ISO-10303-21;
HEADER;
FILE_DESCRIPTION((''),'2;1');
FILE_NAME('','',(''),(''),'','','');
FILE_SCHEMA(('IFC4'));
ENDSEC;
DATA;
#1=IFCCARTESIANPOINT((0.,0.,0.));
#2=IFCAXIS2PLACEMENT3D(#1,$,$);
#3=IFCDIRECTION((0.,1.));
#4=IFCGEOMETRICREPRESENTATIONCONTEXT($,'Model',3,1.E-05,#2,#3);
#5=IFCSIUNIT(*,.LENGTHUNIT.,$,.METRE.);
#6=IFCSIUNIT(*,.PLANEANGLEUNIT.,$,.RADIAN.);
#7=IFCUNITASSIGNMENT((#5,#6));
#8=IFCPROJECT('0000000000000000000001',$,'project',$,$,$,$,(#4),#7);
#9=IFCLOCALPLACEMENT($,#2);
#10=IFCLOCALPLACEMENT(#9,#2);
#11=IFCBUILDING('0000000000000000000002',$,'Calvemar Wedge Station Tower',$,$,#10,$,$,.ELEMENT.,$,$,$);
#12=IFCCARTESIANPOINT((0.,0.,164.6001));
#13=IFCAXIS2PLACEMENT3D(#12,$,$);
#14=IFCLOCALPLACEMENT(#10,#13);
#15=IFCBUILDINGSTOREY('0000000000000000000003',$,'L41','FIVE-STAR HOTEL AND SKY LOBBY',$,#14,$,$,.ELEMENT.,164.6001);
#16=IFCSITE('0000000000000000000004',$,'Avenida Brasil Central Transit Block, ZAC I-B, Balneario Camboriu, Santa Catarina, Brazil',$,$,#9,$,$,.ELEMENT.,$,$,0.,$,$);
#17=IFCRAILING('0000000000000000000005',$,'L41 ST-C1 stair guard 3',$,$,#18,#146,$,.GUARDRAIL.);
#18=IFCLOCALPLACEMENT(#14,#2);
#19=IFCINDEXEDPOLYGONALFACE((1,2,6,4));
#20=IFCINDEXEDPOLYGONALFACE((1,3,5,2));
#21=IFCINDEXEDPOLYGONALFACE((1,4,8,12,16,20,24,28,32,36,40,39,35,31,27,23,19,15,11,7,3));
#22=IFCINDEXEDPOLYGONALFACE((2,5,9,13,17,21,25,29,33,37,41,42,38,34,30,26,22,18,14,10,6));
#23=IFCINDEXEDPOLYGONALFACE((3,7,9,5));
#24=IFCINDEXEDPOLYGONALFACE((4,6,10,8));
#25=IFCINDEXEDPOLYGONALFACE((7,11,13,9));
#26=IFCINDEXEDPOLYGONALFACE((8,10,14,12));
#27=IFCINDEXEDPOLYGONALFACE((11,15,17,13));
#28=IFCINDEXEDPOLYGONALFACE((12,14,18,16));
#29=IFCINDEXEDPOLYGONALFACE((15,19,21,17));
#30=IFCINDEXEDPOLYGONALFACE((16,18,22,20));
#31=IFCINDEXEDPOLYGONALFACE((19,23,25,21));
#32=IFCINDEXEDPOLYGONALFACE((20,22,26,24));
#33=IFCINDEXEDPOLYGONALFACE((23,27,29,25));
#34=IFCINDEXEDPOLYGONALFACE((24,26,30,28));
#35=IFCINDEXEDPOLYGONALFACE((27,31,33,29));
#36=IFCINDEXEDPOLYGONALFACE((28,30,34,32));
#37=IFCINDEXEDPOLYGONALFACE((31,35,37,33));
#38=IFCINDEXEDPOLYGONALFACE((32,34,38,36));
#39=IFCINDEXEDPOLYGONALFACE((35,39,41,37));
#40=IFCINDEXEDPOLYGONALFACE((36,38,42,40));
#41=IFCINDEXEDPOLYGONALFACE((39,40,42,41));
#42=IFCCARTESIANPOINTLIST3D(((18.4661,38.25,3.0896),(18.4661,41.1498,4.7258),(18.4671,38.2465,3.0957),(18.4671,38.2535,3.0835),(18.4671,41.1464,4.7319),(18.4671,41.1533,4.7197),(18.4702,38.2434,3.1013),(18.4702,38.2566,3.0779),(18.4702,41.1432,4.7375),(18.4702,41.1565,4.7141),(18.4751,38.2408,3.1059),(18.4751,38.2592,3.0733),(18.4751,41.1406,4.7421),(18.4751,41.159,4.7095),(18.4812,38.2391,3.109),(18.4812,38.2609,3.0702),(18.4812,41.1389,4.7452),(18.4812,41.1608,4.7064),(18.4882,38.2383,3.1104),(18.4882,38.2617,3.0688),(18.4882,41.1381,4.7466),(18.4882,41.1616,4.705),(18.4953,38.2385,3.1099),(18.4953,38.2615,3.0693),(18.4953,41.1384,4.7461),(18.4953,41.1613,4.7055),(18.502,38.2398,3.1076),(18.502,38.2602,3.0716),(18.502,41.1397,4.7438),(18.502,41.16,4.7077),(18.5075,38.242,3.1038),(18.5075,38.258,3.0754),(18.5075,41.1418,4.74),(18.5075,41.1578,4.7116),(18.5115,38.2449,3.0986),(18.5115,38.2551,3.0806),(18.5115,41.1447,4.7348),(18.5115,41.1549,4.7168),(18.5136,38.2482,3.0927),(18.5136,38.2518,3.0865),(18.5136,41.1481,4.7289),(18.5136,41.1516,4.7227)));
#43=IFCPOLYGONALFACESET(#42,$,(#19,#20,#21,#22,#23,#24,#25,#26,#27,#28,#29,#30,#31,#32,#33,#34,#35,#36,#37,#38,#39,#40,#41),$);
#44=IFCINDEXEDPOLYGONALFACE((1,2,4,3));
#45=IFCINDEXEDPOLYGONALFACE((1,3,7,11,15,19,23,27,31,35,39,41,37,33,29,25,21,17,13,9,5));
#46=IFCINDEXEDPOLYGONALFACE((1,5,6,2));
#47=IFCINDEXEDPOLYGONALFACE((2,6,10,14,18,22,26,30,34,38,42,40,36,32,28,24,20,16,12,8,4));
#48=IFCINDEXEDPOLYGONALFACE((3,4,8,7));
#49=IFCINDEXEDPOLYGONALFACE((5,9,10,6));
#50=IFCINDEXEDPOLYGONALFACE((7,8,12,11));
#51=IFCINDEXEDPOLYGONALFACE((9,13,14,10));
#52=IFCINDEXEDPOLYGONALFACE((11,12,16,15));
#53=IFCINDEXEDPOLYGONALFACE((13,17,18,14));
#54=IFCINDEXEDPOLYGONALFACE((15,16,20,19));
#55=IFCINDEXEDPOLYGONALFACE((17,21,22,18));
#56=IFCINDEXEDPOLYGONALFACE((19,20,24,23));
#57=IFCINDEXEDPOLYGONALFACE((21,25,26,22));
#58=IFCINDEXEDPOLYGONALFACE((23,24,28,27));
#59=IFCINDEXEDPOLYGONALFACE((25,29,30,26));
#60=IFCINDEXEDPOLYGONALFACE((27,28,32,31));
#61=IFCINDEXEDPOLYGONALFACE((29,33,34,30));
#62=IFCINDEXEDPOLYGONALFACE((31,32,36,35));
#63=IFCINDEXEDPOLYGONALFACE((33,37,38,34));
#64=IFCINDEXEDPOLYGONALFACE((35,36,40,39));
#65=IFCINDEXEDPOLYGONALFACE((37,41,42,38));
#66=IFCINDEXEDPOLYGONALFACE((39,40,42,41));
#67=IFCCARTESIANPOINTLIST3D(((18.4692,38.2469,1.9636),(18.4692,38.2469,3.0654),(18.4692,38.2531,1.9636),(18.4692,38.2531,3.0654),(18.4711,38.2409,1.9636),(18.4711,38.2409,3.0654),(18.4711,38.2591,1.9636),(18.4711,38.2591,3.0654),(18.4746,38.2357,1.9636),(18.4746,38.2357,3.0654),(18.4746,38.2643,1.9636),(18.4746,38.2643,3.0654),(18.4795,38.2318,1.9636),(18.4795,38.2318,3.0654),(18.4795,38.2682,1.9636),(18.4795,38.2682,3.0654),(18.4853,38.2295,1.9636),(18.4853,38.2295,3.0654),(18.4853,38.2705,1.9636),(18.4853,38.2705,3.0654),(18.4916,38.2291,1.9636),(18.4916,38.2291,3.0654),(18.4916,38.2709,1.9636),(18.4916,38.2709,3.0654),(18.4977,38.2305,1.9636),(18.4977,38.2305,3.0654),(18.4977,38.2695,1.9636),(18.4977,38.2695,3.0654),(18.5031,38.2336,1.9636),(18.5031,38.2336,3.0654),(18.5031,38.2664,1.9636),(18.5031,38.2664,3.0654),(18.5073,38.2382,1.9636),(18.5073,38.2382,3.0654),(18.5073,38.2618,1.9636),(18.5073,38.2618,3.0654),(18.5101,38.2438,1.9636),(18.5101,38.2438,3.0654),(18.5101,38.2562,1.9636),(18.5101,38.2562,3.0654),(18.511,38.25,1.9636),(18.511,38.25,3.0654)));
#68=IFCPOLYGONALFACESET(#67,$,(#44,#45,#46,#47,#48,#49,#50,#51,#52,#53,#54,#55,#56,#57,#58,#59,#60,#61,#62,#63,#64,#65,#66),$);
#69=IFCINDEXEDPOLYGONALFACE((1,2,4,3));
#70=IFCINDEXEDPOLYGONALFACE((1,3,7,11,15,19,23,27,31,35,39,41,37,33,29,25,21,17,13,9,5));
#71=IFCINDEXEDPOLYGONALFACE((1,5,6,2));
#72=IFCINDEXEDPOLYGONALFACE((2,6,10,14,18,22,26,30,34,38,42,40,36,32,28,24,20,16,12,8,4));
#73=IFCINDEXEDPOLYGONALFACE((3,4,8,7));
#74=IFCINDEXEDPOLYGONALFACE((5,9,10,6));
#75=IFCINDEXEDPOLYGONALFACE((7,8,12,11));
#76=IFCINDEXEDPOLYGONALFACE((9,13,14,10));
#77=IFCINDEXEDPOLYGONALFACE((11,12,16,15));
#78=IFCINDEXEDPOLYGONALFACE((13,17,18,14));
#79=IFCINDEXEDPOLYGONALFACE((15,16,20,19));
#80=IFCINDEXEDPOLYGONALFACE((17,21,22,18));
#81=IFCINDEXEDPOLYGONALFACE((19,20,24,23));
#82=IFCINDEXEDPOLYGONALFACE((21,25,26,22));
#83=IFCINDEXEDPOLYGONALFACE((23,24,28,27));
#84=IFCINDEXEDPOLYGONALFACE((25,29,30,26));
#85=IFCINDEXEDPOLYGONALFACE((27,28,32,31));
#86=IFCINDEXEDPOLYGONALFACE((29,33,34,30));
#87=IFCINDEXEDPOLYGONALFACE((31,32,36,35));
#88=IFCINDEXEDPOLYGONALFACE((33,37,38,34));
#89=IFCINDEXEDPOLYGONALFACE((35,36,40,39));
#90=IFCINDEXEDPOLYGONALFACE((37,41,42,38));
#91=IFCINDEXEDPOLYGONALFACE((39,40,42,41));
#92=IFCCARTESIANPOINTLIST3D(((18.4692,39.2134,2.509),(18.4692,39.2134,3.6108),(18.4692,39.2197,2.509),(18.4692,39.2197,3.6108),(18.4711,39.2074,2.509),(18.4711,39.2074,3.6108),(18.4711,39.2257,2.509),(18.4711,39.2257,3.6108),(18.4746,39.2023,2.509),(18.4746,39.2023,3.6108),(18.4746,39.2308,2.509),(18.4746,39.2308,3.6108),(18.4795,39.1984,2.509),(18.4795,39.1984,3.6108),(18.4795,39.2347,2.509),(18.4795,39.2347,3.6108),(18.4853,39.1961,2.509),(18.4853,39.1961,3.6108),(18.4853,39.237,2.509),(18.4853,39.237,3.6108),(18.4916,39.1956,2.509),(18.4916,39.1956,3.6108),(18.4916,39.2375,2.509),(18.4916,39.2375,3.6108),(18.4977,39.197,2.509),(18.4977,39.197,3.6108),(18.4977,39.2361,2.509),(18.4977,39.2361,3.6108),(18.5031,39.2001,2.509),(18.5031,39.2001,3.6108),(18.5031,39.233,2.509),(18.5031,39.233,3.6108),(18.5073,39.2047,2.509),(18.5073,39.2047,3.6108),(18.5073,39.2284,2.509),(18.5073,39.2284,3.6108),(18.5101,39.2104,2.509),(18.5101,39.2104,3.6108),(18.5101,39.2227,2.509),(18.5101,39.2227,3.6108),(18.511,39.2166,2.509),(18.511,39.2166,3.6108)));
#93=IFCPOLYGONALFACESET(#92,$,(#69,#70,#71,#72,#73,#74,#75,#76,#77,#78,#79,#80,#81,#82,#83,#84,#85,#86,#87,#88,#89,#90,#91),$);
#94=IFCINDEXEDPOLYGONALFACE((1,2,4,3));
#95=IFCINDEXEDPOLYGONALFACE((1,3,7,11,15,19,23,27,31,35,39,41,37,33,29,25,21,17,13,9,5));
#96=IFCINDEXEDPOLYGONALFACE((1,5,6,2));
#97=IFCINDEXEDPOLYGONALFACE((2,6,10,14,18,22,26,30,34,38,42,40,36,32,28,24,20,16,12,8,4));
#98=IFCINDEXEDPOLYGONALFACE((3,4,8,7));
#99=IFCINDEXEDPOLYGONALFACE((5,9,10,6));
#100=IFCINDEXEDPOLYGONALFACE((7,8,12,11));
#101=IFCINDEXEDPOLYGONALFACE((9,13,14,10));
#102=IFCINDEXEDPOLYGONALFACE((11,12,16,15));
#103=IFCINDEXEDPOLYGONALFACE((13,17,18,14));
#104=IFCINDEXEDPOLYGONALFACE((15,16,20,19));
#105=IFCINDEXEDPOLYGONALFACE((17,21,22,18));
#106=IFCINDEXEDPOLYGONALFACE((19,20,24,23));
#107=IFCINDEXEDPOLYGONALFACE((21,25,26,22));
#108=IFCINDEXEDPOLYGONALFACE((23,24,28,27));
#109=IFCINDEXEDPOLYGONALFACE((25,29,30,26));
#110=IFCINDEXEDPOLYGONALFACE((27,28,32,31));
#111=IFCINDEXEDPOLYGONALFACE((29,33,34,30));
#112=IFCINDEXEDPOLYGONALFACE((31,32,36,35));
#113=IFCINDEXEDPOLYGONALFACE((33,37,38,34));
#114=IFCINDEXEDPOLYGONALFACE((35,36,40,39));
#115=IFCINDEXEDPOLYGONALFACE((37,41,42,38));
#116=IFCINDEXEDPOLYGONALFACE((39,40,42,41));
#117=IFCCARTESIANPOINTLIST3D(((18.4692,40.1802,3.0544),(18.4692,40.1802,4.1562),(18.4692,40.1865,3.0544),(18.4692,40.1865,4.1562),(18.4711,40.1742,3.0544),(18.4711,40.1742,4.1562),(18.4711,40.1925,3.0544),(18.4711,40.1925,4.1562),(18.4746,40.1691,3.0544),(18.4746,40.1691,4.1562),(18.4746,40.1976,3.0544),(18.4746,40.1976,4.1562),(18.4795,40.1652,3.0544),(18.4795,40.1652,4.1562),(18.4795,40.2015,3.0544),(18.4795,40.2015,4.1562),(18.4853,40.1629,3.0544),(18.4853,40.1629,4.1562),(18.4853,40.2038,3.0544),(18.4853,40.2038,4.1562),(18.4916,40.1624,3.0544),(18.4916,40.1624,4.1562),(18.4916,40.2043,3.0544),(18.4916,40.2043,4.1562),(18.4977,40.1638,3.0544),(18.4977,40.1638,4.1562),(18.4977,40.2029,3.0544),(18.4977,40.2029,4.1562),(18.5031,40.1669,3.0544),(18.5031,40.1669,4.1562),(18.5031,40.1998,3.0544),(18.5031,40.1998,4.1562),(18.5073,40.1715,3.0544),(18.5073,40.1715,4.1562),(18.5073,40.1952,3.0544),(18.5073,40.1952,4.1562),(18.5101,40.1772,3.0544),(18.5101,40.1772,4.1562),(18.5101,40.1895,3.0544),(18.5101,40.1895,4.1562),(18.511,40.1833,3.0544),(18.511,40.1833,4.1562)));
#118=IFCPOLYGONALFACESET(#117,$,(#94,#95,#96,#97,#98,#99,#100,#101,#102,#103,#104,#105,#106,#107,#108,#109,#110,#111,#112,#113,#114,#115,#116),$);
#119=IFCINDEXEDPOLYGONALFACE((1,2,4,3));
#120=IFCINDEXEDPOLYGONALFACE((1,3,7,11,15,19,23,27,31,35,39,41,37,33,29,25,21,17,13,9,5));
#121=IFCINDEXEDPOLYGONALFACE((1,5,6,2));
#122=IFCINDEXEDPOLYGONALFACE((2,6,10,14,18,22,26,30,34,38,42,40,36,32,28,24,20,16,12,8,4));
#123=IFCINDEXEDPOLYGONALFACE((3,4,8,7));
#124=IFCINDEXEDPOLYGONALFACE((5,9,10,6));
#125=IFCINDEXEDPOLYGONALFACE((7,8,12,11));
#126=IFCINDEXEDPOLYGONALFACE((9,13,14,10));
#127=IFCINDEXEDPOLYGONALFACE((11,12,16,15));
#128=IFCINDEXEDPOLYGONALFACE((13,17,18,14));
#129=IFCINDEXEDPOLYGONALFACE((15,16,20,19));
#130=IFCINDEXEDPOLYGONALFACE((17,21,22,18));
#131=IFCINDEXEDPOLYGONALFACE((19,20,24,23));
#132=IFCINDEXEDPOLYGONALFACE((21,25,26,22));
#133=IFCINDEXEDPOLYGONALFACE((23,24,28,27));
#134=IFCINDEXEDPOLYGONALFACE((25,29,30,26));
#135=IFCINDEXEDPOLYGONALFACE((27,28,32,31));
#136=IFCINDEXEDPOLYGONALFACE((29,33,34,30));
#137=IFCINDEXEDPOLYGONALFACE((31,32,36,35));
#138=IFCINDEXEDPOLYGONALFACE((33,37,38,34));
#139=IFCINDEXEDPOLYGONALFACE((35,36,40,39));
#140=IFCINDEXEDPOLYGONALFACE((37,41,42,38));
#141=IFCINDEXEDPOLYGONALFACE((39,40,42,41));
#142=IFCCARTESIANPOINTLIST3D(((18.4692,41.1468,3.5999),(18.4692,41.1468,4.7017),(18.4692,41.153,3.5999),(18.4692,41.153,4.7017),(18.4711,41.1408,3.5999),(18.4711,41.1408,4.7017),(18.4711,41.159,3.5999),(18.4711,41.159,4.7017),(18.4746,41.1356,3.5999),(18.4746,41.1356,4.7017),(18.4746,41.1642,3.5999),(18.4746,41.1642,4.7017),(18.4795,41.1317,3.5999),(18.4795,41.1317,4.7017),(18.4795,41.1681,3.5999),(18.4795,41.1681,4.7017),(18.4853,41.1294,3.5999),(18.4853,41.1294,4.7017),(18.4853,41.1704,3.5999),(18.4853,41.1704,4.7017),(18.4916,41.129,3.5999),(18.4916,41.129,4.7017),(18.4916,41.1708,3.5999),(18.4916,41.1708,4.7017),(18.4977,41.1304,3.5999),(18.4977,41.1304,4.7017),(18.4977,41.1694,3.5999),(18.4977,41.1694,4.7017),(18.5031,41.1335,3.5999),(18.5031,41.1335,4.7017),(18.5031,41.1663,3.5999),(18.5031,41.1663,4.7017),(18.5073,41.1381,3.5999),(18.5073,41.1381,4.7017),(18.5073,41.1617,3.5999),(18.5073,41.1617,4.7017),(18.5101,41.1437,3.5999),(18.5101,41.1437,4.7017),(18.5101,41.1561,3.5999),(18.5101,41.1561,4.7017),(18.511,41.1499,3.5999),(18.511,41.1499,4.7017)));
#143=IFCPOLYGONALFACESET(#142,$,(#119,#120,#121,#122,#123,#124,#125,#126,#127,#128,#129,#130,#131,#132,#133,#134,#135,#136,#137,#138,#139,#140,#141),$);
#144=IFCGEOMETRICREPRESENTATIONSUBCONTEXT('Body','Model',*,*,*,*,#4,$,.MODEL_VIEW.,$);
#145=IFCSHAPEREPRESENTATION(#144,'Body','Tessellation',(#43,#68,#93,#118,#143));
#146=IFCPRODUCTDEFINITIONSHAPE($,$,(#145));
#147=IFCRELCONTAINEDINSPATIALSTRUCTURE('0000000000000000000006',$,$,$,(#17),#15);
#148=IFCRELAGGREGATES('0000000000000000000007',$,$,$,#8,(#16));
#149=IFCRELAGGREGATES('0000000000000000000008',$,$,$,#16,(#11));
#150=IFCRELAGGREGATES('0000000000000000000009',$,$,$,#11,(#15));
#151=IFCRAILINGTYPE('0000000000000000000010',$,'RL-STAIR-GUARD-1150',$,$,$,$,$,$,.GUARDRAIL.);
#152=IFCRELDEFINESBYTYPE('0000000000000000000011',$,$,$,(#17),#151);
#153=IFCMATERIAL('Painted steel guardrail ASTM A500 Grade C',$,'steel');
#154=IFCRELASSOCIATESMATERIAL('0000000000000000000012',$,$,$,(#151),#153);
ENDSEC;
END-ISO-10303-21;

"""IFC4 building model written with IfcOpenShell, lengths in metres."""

from ifc_helpers import new_model, si_unit, direction, frame, origin, origin_2d, place, context, subcontext, project, spatial, circle, extrude, material, type_object, element, save


model = new_model("IFC4")

# Units and contexts
model_context = context("Model", 3, precision=1e-05, world=origin(), true_north=direction((0.0, 1.0)))
body_context = subcontext(model_context, "Body", "Model", "MODEL_VIEW")
ifc_project = project(units=[si_unit("LENGTHUNIT", "METRE"), si_unit("PLANEANGLEUNIT", "RADIAN")], contexts=[model_context])

# Site, building, storey
site_placement = place(None, origin())
site = spatial("IfcSite", under=ifc_project, at=site_placement, Name="Avenida Brasil Central Transit Block, ZAC I-B, Balneario Camboriu, Santa Catarina, Brazil", CompositionType="ELEMENT", RefElevation=0.0)
building_placement = place(site_placement, origin())
building = spatial("IfcBuilding", under=site, at=building_placement, Name="Calvemar Wedge Station Tower", CompositionType="ELEMENT")
storey_placement = place(building_placement, frame((0.0, 0.0, 164.6001)))
storey = spatial("IfcBuildingStorey", under=building, at=storey_placement, Name="L41", Description="FIVE-STAR HOTEL AND SKY LOBBY", CompositionType="ELEMENT", Elevation=164.6001)

# Railing
ifc_material_1 = material(Name="Painted steel guardrail ASTM A500 Grade C", Category="steel")
railing_type_1 = type_object("IfcRailingType", Name="RL-STAIR-GUARD-1150", PredefinedType="GUARDRAIL", material=ifc_material_1)
railing_1_placement = place(storey_placement, frame((18.49, 38.25, 1.9636)))
element("IfcRailing", 1, at=railing_1_placement, inside=storey, type_object=railing_type_1, Name="L41 ST-C1 stair guard 3", PredefinedType="GUARDRAIL", context=body_context, shape_type="SweptSolid", body=[
    extrude(circle(Radius=0.0239, at=origin_2d()), frame((0.0, 0.0, 1.126), z_axis=(0.0, 0.870929, 0.49141), x_axis=(-1.0, 0.0, 0.0)), (0.0, 0.0, 1.0), 3.3296),
    extrude(circle(Radius=0.021, at=origin_2d()), origin(), (0.0, 0.0, 1.0), 1.1018),
    extrude(circle(Radius=0.021, at=origin_2d()), frame((0.0, 0.9666, 0.5454)), (0.0, 0.0, 1.0), 1.1018),
    extrude(circle(Radius=0.021, at=origin_2d()), frame((0.0, 1.9333, 1.0908)), (0.0, 0.0, 1.0), 1.1018),
    extrude(circle(Radius=0.021, at=origin_2d()), frame((0.0, 2.8999, 1.6362)), (0.0, 0.0, 1.0), 1.1018),
])

save(model, "model.ifc")
